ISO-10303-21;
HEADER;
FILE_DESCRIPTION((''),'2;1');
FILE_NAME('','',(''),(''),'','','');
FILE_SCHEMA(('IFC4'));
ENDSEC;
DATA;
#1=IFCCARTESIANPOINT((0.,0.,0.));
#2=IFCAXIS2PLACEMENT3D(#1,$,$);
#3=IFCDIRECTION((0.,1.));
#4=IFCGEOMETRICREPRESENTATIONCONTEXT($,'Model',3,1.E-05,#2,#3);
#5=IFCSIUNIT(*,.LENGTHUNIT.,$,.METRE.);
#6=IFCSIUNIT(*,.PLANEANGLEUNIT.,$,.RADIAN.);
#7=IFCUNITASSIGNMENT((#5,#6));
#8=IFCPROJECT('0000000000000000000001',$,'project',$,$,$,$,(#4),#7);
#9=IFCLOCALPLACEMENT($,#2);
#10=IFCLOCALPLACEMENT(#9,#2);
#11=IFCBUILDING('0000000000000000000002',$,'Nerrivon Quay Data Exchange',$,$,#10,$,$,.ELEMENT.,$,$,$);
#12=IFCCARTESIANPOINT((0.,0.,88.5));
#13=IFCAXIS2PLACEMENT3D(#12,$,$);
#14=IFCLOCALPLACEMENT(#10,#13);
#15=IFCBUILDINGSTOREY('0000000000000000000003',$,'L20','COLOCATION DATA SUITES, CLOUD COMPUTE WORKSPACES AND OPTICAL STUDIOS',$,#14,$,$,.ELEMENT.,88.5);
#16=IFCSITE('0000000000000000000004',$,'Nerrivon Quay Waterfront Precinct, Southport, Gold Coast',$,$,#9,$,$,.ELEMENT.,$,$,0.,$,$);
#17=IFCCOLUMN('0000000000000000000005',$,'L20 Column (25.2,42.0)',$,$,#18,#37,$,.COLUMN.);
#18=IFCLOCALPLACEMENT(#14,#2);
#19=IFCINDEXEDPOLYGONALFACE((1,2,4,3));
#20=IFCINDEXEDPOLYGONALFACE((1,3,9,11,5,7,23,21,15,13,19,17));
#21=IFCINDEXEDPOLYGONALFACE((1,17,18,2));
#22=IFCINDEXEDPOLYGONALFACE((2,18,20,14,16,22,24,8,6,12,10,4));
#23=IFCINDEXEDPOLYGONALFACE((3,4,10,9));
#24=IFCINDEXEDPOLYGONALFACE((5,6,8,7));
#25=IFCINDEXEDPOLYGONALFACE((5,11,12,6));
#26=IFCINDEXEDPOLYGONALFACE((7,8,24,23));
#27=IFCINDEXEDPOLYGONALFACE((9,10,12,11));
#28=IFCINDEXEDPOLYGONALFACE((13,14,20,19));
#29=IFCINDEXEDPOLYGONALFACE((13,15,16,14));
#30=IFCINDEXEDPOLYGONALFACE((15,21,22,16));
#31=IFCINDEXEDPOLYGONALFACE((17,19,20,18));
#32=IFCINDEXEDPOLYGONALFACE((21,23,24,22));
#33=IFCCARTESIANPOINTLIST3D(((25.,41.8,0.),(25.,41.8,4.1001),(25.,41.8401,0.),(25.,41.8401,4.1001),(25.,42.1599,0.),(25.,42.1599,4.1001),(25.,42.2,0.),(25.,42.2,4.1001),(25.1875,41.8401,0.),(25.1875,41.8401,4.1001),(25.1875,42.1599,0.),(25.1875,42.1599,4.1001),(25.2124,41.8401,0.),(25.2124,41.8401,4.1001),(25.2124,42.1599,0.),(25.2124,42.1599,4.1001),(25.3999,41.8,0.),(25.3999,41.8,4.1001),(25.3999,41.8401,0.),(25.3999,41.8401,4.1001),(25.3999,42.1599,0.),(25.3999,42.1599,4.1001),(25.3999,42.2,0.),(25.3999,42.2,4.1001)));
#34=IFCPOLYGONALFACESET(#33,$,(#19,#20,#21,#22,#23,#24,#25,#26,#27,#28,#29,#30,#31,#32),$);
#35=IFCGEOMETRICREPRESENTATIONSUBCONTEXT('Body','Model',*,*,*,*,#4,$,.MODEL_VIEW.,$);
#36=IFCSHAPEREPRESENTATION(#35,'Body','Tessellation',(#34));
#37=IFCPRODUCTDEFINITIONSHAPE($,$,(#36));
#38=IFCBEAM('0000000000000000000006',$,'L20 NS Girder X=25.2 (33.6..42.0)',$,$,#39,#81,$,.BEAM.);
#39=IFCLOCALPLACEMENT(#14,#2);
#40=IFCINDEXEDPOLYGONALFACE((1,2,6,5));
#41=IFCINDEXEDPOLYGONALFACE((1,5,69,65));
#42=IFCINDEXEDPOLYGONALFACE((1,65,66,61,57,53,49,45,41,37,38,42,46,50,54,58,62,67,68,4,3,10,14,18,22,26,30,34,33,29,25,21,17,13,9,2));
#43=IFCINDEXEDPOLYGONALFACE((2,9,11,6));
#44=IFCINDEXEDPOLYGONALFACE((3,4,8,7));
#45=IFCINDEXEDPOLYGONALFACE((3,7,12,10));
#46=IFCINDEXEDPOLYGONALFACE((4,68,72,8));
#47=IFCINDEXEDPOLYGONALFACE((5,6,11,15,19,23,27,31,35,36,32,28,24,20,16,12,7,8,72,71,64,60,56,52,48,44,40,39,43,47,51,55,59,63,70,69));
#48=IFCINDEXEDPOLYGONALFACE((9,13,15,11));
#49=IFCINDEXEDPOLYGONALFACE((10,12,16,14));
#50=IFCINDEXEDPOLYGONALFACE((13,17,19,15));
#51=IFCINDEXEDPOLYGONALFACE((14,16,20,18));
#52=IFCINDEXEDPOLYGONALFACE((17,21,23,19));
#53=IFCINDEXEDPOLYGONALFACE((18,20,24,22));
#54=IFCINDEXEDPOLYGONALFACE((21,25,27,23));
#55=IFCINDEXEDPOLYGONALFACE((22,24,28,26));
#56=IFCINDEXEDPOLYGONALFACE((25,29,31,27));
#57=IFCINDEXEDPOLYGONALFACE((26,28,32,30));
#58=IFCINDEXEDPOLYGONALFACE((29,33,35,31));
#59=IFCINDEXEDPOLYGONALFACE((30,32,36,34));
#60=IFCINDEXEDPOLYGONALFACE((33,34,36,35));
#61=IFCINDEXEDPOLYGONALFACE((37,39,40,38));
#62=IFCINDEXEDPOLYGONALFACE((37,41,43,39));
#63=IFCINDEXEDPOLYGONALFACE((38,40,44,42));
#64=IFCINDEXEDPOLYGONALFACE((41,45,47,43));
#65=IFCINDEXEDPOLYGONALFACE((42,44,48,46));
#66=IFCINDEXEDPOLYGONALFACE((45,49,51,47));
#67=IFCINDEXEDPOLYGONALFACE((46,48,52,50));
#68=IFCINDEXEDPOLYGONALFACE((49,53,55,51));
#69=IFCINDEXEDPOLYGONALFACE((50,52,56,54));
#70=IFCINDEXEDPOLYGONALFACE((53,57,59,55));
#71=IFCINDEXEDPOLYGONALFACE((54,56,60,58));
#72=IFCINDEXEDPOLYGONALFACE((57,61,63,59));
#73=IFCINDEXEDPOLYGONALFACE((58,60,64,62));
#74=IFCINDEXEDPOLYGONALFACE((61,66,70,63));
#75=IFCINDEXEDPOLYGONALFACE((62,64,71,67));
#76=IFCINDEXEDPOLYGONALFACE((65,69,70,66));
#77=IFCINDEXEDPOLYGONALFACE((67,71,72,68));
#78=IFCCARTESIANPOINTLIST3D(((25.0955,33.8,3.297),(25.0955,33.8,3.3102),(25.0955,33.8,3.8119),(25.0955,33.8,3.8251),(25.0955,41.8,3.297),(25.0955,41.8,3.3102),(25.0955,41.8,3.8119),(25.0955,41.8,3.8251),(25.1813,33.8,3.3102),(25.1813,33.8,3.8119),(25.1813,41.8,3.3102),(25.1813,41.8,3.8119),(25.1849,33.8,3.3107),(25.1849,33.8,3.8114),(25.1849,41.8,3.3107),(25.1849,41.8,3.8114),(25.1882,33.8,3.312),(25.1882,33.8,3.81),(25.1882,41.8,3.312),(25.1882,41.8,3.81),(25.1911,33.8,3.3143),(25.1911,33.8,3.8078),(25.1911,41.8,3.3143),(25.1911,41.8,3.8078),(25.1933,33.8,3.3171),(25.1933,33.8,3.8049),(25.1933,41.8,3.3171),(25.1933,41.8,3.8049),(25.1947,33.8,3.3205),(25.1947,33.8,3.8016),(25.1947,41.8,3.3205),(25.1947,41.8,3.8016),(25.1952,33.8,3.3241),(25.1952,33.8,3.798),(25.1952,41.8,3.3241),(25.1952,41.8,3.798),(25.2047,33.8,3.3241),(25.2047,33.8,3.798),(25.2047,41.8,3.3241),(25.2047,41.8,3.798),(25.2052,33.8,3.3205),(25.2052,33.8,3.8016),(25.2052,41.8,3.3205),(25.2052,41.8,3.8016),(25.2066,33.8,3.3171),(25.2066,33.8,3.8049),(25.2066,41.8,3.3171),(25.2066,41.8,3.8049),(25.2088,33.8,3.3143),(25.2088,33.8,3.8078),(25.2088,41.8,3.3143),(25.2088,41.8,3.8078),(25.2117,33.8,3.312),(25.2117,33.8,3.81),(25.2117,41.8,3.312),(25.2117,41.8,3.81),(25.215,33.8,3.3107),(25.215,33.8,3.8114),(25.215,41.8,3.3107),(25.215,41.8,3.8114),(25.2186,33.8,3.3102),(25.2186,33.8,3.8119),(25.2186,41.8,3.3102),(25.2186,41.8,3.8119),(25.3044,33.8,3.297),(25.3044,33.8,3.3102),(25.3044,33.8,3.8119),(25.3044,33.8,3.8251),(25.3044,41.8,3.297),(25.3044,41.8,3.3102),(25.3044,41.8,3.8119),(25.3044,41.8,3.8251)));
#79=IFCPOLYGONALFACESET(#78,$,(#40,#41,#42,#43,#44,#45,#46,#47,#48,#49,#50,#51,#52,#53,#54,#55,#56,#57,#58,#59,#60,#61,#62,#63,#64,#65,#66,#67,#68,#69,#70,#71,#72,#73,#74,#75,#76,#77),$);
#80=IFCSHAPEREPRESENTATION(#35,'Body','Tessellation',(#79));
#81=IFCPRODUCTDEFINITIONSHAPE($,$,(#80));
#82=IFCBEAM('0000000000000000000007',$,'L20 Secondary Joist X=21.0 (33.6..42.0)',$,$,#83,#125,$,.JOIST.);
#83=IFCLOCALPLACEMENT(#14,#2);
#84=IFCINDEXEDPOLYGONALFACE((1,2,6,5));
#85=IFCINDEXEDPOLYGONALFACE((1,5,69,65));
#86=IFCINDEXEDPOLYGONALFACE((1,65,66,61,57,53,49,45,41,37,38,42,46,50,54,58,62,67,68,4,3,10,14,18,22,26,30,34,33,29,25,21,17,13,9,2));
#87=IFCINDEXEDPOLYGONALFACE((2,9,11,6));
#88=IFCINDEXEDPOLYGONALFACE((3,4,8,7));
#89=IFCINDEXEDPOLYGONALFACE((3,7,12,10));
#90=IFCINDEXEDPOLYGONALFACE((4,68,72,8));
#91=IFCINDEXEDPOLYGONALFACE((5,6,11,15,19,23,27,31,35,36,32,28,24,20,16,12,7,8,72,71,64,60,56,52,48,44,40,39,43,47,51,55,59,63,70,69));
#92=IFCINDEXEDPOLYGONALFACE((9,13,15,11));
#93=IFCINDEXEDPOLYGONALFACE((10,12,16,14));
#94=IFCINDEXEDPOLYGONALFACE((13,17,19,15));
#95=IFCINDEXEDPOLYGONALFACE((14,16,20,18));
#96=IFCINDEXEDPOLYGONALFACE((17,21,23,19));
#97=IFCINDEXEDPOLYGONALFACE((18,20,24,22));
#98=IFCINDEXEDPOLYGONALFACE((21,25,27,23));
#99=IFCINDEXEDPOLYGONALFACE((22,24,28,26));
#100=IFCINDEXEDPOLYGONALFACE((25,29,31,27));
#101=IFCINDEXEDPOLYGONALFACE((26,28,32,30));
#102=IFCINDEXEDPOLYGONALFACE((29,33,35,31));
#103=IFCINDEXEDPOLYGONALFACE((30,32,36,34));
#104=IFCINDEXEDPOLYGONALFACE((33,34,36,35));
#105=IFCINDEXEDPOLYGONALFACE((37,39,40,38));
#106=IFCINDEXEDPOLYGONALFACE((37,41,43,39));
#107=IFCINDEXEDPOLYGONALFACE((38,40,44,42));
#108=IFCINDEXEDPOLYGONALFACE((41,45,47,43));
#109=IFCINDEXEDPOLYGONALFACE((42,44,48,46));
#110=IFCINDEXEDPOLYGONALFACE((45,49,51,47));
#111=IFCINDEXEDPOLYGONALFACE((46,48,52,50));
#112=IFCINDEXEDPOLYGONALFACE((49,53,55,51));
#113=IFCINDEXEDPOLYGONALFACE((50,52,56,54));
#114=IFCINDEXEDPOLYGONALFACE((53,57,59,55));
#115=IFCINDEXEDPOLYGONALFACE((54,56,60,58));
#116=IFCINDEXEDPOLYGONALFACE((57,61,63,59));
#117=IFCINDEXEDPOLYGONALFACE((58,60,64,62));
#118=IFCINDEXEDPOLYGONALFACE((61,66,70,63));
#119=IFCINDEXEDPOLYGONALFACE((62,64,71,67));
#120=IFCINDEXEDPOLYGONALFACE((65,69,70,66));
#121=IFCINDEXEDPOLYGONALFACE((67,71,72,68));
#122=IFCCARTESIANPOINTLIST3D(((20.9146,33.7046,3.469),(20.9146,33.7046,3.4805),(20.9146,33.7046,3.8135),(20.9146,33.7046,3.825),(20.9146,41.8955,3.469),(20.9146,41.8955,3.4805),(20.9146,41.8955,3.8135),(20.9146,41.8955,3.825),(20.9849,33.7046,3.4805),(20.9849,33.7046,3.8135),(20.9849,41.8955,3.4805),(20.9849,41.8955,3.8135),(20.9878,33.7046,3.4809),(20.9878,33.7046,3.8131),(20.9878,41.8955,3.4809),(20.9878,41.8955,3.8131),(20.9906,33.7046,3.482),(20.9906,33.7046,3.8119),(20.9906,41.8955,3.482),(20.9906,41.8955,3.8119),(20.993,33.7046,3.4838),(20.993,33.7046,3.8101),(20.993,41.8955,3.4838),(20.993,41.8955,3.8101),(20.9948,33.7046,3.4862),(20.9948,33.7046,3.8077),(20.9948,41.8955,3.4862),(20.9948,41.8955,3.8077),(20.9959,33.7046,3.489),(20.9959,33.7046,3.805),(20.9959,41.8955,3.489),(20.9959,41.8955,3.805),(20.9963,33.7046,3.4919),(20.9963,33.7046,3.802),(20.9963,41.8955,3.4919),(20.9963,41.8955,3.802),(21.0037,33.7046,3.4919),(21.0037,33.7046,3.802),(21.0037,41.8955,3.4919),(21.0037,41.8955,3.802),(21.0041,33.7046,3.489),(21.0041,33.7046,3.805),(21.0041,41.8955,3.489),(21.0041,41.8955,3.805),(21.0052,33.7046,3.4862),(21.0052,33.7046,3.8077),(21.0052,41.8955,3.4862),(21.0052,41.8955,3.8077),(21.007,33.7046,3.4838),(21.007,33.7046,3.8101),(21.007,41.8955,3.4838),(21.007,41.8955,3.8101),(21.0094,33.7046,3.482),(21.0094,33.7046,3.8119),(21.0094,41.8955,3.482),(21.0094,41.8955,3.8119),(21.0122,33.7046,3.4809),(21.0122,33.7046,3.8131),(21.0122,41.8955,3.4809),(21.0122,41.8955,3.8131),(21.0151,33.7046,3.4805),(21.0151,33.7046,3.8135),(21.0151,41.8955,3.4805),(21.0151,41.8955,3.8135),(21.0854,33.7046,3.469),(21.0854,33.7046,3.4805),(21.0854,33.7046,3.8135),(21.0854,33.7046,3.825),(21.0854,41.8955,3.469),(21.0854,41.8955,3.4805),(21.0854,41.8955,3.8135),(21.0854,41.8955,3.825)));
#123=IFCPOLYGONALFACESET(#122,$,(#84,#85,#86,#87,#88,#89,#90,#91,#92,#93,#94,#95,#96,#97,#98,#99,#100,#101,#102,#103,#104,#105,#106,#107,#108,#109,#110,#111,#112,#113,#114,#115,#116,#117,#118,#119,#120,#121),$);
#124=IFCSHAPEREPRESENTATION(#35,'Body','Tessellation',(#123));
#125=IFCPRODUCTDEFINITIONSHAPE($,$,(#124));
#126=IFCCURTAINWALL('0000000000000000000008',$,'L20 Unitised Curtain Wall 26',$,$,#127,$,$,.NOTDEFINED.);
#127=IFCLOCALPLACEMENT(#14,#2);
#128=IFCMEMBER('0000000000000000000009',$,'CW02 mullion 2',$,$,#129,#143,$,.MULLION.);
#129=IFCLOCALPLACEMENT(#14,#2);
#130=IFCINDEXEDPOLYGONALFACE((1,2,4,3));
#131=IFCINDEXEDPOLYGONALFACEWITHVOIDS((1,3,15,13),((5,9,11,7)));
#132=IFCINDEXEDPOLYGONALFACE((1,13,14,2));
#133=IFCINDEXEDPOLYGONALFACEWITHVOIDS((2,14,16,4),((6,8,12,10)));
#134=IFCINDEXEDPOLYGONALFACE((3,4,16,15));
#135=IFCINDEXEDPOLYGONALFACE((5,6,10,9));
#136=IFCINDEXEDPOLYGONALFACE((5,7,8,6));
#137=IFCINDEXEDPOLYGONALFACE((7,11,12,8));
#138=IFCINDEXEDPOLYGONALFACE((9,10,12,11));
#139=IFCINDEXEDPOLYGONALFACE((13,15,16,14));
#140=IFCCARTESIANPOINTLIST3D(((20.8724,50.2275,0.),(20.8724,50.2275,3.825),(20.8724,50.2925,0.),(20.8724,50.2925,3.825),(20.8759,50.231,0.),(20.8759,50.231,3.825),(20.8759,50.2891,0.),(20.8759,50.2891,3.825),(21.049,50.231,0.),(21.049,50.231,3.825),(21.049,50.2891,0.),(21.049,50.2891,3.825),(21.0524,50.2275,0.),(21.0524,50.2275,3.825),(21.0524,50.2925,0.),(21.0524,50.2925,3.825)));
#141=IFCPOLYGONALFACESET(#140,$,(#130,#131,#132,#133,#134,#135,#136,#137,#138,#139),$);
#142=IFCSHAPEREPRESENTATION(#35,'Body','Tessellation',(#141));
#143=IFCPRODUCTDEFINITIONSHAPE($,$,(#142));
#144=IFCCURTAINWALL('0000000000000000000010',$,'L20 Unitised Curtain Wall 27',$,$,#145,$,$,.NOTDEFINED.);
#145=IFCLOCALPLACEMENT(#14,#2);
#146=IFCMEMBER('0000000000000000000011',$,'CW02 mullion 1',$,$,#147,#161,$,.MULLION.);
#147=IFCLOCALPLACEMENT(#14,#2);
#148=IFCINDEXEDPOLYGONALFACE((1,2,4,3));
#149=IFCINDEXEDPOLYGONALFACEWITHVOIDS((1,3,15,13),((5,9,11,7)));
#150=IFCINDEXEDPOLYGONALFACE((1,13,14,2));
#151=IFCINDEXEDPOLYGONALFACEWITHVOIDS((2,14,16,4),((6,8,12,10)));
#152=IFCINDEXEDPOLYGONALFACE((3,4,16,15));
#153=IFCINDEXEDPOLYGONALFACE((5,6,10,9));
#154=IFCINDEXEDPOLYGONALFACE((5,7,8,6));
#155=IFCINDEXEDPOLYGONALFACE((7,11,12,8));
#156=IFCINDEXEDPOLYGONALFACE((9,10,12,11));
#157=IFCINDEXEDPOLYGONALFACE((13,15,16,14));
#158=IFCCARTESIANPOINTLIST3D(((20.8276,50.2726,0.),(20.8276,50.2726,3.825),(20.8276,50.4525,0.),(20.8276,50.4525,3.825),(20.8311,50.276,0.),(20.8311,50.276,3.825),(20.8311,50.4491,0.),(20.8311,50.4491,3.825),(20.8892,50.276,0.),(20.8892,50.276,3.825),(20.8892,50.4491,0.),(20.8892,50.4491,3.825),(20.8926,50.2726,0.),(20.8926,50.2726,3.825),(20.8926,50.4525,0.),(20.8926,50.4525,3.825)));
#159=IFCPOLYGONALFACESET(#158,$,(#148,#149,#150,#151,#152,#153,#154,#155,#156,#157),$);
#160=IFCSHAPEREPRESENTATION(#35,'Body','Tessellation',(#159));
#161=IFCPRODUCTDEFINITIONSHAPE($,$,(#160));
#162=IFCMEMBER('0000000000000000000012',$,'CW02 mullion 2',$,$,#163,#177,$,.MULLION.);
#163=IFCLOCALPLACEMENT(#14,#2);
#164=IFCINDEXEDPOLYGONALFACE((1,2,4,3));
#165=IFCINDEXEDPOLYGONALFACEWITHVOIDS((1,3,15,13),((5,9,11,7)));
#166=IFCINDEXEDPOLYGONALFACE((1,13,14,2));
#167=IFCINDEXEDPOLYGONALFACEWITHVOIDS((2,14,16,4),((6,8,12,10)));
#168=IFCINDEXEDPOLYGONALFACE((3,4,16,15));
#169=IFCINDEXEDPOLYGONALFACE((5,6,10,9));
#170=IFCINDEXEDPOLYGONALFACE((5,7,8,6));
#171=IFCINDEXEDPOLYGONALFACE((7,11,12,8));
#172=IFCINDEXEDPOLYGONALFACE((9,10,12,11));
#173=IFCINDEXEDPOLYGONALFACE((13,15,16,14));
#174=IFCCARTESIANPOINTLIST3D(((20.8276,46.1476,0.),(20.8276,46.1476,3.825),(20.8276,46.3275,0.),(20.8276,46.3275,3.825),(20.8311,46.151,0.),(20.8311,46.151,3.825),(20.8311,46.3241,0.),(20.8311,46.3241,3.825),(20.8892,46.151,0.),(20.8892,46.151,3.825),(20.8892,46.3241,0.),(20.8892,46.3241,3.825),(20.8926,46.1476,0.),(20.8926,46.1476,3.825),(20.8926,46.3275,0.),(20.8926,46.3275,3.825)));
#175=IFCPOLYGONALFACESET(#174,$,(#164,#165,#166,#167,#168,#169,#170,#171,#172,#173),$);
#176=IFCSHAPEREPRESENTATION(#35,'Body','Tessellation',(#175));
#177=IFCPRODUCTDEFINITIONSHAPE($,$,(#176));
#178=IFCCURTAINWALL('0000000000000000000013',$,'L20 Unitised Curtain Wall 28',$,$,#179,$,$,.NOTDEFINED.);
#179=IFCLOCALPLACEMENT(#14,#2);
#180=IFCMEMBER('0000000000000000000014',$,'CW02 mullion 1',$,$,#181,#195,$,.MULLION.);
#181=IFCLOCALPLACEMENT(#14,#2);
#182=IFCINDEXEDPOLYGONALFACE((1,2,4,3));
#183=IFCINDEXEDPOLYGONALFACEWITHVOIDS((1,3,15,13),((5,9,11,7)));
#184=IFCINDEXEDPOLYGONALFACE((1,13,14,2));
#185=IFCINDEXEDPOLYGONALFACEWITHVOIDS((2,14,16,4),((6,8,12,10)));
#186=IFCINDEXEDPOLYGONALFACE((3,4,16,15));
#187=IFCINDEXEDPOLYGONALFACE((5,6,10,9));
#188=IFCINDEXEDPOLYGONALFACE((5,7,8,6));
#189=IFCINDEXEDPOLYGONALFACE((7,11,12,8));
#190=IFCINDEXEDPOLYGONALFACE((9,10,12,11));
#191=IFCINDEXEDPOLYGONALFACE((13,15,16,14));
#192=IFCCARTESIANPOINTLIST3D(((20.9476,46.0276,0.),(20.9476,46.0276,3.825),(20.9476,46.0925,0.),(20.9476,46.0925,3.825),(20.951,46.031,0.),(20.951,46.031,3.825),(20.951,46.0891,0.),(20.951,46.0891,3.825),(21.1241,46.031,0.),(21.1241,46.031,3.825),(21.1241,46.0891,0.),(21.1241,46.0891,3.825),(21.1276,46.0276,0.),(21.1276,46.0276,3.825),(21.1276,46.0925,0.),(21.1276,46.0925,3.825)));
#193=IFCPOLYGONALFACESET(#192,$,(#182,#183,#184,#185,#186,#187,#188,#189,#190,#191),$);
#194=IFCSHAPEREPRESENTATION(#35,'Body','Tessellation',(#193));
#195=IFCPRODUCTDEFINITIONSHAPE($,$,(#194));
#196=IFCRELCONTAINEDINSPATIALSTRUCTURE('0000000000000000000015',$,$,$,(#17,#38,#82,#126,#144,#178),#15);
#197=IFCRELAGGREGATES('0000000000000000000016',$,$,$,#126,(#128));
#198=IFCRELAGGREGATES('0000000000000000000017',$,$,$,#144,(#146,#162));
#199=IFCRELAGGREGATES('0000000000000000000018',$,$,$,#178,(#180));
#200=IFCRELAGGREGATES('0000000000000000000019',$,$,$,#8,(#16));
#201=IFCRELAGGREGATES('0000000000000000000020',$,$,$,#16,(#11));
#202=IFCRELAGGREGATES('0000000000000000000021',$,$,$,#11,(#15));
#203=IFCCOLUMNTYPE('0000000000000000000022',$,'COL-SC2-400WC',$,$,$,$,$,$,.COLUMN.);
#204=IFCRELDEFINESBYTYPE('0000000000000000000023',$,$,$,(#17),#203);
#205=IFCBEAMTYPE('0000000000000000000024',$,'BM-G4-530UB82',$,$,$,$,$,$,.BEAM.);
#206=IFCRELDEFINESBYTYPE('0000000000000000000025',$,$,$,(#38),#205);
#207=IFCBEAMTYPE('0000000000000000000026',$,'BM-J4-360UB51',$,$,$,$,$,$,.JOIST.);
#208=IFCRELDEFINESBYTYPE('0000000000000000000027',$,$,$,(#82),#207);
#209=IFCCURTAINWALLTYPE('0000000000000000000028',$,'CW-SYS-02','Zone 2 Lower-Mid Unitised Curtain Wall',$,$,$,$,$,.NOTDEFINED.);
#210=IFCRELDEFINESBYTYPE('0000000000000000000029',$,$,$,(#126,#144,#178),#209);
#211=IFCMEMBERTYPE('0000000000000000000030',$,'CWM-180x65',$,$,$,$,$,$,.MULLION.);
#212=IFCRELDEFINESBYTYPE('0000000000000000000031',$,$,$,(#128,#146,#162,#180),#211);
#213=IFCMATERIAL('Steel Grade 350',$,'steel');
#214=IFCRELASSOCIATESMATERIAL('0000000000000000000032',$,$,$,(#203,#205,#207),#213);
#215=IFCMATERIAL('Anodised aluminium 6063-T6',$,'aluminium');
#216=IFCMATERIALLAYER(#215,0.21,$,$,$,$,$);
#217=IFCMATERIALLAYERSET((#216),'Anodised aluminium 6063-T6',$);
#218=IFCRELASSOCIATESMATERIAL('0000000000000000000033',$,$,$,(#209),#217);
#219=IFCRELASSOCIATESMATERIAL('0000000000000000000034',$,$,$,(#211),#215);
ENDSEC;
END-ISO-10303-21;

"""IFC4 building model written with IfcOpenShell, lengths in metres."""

from ifc_helpers import new_model, si_unit, direction, frame, origin, origin_2d, place, context, subcontext, project, spatial, hollow_rectangle, i_section, extrude, material, layer, layer_set, material_profile, profile_set, type_object, element, aggregate, save


model = new_model("IFC4")

# Units and contexts
model_context = context("Model", 3, precision=1e-05, world=origin(), true_north=direction((0.0, 1.0)))
body_context = subcontext(model_context, "Body", "Model", "MODEL_VIEW")
ifc_project = project(units=[si_unit("LENGTHUNIT", "METRE"), si_unit("PLANEANGLEUNIT", "RADIAN")], contexts=[model_context])

# Site, building, storey
site_placement = place(None, origin())
site = spatial("IfcSite", under=ifc_project, at=site_placement, Name="Nerrivon Quay Waterfront Precinct, Southport, Gold Coast", CompositionType="ELEMENT", RefElevation=0.0)
building_placement = place(site_placement, origin())
building = spatial("IfcBuilding", under=site, at=building_placement, Name="Nerrivon Quay Data Exchange", CompositionType="ELEMENT")
storey_placement = place(building_placement, frame((0.0, 0.0, 88.5)))
storey = spatial("IfcBuildingStorey", under=building, at=storey_placement, Name="L20", Description="COLOCATION DATA SUITES, CLOUD COMPUTE WORKSPACES AND OPTICAL STUDIOS", CompositionType="ELEMENT", Elevation=88.5)

# Column
ifc_material_1 = material(Name="Steel Grade 350", Category="steel")
ifc_material_profile_1 = material_profile(ifc_material_1, i_section(OverallWidth=0.3999, OverallDepth=0.3999, WebThickness=0.0249, FlangeThickness=0.04, at=origin_2d()), Name="400WC328")
ifc_profile_set_1 = profile_set([ifc_material_profile_1], Name="Steel Grade 350")
column_type = type_object("IfcColumnType", Name="COL-SC2-400WC", PredefinedType="COLUMN", material=ifc_profile_set_1)
column_placement = place(storey_placement, frame((25.2, 42.0, 0.0), z_axis=(0.0, 0.0, 1.0), x_axis=(1.0, 0.0, 0.0)))
element("IfcColumn", 1, at=column_placement, inside=storey, type_object=column_type, Name="L20 Column (25.2,42.0)", PredefinedType="COLUMN", context=body_context, shape_type="SweptSolid", body=[
    extrude(i_section(OverallWidth=0.3999, OverallDepth=0.3999, WebThickness=0.0249, FlangeThickness=0.04, at=origin_2d()), origin(), (0.0, 0.0, 1.0), 4.1001),
])

# Beams
ifc_material_profile_2 = material_profile(ifc_material_1, i_section(OverallWidth=0.209, OverallDepth=0.5281, WebThickness=0.0095, FlangeThickness=0.0132, FilletRadius=0.0139, at=origin_2d()), Name="530UB82.0")
ifc_profile_set_2 = profile_set([ifc_material_profile_2], Name="Steel Grade 350")
beam_type_1 = type_object("IfcBeamType", Name="BM-G4-530UB82", PredefinedType="BEAM", material=ifc_profile_set_2)
beam_1_placement = place(storey_placement, frame((25.2, 33.8, 3.561), z_axis=(0.0, 1.0, 0.0), x_axis=(-1.0, 0.0, 0.0)))
element("IfcBeam", 2, at=beam_1_placement, inside=storey, type_object=beam_type_1, Name="L20 NS Girder X=25.2 (33.6..42.0)", PredefinedType="BEAM", context=body_context, shape_type="SweptSolid", body=[
    extrude(i_section(OverallWidth=0.209, OverallDepth=0.5281, WebThickness=0.0095, FlangeThickness=0.0132, FilletRadius=0.0139, at=origin_2d()), origin(), (0.0, 0.0, 1.0), 8.0),
])
ifc_material_profile_3 = material_profile(ifc_material_1, i_section(OverallWidth=0.1709, OverallDepth=0.356, WebThickness=0.0073, FlangeThickness=0.0115, FilletRadius=0.0115, at=origin_2d()), Name="360UB50.7")
ifc_profile_set_3 = profile_set([ifc_material_profile_3], Name="Steel Grade 350")
beam_type_2 = type_object("IfcBeamType", Name="BM-J4-360UB51", PredefinedType="JOIST", material=ifc_profile_set_3)
beam_2_placement = place(storey_placement, frame((21.0, 33.7046, 3.647), z_axis=(0.0, 1.0, 0.0), x_axis=(-1.0, 0.0, 0.0)))
element("IfcBeam", 3, at=beam_2_placement, inside=storey, type_object=beam_type_2, Name="L20 Secondary Joist X=21.0 (33.6..42.0)", PredefinedType="JOIST", context=body_context, shape_type="SweptSolid", body=[
    extrude(i_section(OverallWidth=0.1709, OverallDepth=0.356, WebThickness=0.0073, FlangeThickness=0.0115, FilletRadius=0.0115, at=origin_2d()), origin(), (0.0, 0.0, 1.0), 8.1909),
])

# Curtain wall, member
ifc_material_2 = material(Name="Anodised aluminium 6063-T6", Category="aluminium")
ifc_layer_1 = layer(ifc_material_2, 0.21)
ifc_layer_set_1 = layer_set([ifc_layer_1], Name="Anodised aluminium 6063-T6")
curtain_wall_type = type_object("IfcCurtainWallType", Name="CW-SYS-02", Description="Zone 2 Lower-Mid Unitised Curtain Wall", PredefinedType="NOTDEFINED", material=ifc_layer_set_1)
curtain_wall_1_placement = place(storey_placement, origin())
curtain_wall_1 = element("IfcCurtainWall", 4, at=curtain_wall_1_placement, inside=storey, type_object=curtain_wall_type, Name="L20 Unitised Curtain Wall 26", PredefinedType="NOTDEFINED")
ifc_material_profile_4 = material_profile(ifc_material_2, hollow_rectangle(XDim=0.0649, YDim=0.1799, WallThickness=0.0034, at=origin_2d()), Name="ALU-MULL-180x65")
ifc_profile_set_4 = profile_set([ifc_material_profile_4], Name="Anodised aluminium 6063-T6")
member_type_1 = type_object("IfcMemberType", Name="CWM-180x65", PredefinedType="MULLION", material=ifc_profile_set_4)
member_1_placement = place(storey_placement, frame((20.9624, 50.26, 0.0), z_axis=(0.0, 0.0, 1.0), x_axis=(0.0, 1.0, 0.0)))
member_1 = element("IfcMember", 5, at=member_1_placement, type_object=member_type_1, Name="CW02 mullion 2", PredefinedType="MULLION", context=body_context, shape_type="SweptSolid", body=[
    extrude(hollow_rectangle(XDim=0.0649, YDim=0.1799, WallThickness=0.0034, at=origin_2d()), origin(), (0.0, 0.0, 1.0), 3.825),
])
aggregate(curtain_wall_1, [member_1])

# Curtain walls, members
curtain_wall_2_placement = place(storey_placement, origin())
curtain_wall_2 = element("IfcCurtainWall", 6, at=curtain_wall_2_placement, inside=storey, type_object=curtain_wall_type, Name="L20 Unitised Curtain Wall 27", PredefinedType="NOTDEFINED")
member_2_placement = place(storey_placement, frame((20.8601, 50.3625, 0.0), z_axis=(0.0, 0.0, 1.0), x_axis=(1.0, 0.0, 0.0)))
member_2 = element("IfcMember", 7, at=member_2_placement, type_object=member_type_1, Name="CW02 mullion 1", PredefinedType="MULLION", context=body_context, shape_type="SweptSolid", body=[
    extrude(hollow_rectangle(XDim=0.0649, YDim=0.1799, WallThickness=0.0034, at=origin_2d()), origin(), (0.0, 0.0, 1.0), 3.825),
])
member_3_placement = place(storey_placement, frame((20.8601, 46.2375, 0.0), z_axis=(0.0, 0.0, 1.0), x_axis=(1.0, 0.0, 0.0)))
member_3 = element("IfcMember", 8, at=member_3_placement, type_object=member_type_1, Name="CW02 mullion 2", PredefinedType="MULLION", context=body_context, shape_type="SweptSolid", body=[
    extrude(hollow_rectangle(XDim=0.0649, YDim=0.1799, WallThickness=0.0034, at=origin_2d()), origin(), (0.0, 0.0, 1.0), 3.825),
])
curtain_wall_3_placement = place(storey_placement, origin())
curtain_wall_3 = element("IfcCurtainWall", 9, at=curtain_wall_3_placement, inside=storey, type_object=curtain_wall_type, Name="L20 Unitised Curtain Wall 28", PredefinedType="NOTDEFINED")
member_4_placement = place(storey_placement, frame((21.0376, 46.0601, 0.0), z_axis=(0.0, 0.0, 1.0), x_axis=(0.0, 1.0, 0.0)))
member_4 = element("IfcMember", 10, at=member_4_placement, type_object=member_type_1, Name="CW02 mullion 1", PredefinedType="MULLION", context=body_context, shape_type="SweptSolid", body=[
    extrude(hollow_rectangle(XDim=0.0649, YDim=0.1799, WallThickness=0.0034, at=origin_2d()), origin(), (0.0, 0.0, 1.0), 3.825),
])

aggregate(curtain_wall_2, [member_2, member_3])
aggregate(curtain_wall_3, [member_4])

save(model, "model.ifc")
